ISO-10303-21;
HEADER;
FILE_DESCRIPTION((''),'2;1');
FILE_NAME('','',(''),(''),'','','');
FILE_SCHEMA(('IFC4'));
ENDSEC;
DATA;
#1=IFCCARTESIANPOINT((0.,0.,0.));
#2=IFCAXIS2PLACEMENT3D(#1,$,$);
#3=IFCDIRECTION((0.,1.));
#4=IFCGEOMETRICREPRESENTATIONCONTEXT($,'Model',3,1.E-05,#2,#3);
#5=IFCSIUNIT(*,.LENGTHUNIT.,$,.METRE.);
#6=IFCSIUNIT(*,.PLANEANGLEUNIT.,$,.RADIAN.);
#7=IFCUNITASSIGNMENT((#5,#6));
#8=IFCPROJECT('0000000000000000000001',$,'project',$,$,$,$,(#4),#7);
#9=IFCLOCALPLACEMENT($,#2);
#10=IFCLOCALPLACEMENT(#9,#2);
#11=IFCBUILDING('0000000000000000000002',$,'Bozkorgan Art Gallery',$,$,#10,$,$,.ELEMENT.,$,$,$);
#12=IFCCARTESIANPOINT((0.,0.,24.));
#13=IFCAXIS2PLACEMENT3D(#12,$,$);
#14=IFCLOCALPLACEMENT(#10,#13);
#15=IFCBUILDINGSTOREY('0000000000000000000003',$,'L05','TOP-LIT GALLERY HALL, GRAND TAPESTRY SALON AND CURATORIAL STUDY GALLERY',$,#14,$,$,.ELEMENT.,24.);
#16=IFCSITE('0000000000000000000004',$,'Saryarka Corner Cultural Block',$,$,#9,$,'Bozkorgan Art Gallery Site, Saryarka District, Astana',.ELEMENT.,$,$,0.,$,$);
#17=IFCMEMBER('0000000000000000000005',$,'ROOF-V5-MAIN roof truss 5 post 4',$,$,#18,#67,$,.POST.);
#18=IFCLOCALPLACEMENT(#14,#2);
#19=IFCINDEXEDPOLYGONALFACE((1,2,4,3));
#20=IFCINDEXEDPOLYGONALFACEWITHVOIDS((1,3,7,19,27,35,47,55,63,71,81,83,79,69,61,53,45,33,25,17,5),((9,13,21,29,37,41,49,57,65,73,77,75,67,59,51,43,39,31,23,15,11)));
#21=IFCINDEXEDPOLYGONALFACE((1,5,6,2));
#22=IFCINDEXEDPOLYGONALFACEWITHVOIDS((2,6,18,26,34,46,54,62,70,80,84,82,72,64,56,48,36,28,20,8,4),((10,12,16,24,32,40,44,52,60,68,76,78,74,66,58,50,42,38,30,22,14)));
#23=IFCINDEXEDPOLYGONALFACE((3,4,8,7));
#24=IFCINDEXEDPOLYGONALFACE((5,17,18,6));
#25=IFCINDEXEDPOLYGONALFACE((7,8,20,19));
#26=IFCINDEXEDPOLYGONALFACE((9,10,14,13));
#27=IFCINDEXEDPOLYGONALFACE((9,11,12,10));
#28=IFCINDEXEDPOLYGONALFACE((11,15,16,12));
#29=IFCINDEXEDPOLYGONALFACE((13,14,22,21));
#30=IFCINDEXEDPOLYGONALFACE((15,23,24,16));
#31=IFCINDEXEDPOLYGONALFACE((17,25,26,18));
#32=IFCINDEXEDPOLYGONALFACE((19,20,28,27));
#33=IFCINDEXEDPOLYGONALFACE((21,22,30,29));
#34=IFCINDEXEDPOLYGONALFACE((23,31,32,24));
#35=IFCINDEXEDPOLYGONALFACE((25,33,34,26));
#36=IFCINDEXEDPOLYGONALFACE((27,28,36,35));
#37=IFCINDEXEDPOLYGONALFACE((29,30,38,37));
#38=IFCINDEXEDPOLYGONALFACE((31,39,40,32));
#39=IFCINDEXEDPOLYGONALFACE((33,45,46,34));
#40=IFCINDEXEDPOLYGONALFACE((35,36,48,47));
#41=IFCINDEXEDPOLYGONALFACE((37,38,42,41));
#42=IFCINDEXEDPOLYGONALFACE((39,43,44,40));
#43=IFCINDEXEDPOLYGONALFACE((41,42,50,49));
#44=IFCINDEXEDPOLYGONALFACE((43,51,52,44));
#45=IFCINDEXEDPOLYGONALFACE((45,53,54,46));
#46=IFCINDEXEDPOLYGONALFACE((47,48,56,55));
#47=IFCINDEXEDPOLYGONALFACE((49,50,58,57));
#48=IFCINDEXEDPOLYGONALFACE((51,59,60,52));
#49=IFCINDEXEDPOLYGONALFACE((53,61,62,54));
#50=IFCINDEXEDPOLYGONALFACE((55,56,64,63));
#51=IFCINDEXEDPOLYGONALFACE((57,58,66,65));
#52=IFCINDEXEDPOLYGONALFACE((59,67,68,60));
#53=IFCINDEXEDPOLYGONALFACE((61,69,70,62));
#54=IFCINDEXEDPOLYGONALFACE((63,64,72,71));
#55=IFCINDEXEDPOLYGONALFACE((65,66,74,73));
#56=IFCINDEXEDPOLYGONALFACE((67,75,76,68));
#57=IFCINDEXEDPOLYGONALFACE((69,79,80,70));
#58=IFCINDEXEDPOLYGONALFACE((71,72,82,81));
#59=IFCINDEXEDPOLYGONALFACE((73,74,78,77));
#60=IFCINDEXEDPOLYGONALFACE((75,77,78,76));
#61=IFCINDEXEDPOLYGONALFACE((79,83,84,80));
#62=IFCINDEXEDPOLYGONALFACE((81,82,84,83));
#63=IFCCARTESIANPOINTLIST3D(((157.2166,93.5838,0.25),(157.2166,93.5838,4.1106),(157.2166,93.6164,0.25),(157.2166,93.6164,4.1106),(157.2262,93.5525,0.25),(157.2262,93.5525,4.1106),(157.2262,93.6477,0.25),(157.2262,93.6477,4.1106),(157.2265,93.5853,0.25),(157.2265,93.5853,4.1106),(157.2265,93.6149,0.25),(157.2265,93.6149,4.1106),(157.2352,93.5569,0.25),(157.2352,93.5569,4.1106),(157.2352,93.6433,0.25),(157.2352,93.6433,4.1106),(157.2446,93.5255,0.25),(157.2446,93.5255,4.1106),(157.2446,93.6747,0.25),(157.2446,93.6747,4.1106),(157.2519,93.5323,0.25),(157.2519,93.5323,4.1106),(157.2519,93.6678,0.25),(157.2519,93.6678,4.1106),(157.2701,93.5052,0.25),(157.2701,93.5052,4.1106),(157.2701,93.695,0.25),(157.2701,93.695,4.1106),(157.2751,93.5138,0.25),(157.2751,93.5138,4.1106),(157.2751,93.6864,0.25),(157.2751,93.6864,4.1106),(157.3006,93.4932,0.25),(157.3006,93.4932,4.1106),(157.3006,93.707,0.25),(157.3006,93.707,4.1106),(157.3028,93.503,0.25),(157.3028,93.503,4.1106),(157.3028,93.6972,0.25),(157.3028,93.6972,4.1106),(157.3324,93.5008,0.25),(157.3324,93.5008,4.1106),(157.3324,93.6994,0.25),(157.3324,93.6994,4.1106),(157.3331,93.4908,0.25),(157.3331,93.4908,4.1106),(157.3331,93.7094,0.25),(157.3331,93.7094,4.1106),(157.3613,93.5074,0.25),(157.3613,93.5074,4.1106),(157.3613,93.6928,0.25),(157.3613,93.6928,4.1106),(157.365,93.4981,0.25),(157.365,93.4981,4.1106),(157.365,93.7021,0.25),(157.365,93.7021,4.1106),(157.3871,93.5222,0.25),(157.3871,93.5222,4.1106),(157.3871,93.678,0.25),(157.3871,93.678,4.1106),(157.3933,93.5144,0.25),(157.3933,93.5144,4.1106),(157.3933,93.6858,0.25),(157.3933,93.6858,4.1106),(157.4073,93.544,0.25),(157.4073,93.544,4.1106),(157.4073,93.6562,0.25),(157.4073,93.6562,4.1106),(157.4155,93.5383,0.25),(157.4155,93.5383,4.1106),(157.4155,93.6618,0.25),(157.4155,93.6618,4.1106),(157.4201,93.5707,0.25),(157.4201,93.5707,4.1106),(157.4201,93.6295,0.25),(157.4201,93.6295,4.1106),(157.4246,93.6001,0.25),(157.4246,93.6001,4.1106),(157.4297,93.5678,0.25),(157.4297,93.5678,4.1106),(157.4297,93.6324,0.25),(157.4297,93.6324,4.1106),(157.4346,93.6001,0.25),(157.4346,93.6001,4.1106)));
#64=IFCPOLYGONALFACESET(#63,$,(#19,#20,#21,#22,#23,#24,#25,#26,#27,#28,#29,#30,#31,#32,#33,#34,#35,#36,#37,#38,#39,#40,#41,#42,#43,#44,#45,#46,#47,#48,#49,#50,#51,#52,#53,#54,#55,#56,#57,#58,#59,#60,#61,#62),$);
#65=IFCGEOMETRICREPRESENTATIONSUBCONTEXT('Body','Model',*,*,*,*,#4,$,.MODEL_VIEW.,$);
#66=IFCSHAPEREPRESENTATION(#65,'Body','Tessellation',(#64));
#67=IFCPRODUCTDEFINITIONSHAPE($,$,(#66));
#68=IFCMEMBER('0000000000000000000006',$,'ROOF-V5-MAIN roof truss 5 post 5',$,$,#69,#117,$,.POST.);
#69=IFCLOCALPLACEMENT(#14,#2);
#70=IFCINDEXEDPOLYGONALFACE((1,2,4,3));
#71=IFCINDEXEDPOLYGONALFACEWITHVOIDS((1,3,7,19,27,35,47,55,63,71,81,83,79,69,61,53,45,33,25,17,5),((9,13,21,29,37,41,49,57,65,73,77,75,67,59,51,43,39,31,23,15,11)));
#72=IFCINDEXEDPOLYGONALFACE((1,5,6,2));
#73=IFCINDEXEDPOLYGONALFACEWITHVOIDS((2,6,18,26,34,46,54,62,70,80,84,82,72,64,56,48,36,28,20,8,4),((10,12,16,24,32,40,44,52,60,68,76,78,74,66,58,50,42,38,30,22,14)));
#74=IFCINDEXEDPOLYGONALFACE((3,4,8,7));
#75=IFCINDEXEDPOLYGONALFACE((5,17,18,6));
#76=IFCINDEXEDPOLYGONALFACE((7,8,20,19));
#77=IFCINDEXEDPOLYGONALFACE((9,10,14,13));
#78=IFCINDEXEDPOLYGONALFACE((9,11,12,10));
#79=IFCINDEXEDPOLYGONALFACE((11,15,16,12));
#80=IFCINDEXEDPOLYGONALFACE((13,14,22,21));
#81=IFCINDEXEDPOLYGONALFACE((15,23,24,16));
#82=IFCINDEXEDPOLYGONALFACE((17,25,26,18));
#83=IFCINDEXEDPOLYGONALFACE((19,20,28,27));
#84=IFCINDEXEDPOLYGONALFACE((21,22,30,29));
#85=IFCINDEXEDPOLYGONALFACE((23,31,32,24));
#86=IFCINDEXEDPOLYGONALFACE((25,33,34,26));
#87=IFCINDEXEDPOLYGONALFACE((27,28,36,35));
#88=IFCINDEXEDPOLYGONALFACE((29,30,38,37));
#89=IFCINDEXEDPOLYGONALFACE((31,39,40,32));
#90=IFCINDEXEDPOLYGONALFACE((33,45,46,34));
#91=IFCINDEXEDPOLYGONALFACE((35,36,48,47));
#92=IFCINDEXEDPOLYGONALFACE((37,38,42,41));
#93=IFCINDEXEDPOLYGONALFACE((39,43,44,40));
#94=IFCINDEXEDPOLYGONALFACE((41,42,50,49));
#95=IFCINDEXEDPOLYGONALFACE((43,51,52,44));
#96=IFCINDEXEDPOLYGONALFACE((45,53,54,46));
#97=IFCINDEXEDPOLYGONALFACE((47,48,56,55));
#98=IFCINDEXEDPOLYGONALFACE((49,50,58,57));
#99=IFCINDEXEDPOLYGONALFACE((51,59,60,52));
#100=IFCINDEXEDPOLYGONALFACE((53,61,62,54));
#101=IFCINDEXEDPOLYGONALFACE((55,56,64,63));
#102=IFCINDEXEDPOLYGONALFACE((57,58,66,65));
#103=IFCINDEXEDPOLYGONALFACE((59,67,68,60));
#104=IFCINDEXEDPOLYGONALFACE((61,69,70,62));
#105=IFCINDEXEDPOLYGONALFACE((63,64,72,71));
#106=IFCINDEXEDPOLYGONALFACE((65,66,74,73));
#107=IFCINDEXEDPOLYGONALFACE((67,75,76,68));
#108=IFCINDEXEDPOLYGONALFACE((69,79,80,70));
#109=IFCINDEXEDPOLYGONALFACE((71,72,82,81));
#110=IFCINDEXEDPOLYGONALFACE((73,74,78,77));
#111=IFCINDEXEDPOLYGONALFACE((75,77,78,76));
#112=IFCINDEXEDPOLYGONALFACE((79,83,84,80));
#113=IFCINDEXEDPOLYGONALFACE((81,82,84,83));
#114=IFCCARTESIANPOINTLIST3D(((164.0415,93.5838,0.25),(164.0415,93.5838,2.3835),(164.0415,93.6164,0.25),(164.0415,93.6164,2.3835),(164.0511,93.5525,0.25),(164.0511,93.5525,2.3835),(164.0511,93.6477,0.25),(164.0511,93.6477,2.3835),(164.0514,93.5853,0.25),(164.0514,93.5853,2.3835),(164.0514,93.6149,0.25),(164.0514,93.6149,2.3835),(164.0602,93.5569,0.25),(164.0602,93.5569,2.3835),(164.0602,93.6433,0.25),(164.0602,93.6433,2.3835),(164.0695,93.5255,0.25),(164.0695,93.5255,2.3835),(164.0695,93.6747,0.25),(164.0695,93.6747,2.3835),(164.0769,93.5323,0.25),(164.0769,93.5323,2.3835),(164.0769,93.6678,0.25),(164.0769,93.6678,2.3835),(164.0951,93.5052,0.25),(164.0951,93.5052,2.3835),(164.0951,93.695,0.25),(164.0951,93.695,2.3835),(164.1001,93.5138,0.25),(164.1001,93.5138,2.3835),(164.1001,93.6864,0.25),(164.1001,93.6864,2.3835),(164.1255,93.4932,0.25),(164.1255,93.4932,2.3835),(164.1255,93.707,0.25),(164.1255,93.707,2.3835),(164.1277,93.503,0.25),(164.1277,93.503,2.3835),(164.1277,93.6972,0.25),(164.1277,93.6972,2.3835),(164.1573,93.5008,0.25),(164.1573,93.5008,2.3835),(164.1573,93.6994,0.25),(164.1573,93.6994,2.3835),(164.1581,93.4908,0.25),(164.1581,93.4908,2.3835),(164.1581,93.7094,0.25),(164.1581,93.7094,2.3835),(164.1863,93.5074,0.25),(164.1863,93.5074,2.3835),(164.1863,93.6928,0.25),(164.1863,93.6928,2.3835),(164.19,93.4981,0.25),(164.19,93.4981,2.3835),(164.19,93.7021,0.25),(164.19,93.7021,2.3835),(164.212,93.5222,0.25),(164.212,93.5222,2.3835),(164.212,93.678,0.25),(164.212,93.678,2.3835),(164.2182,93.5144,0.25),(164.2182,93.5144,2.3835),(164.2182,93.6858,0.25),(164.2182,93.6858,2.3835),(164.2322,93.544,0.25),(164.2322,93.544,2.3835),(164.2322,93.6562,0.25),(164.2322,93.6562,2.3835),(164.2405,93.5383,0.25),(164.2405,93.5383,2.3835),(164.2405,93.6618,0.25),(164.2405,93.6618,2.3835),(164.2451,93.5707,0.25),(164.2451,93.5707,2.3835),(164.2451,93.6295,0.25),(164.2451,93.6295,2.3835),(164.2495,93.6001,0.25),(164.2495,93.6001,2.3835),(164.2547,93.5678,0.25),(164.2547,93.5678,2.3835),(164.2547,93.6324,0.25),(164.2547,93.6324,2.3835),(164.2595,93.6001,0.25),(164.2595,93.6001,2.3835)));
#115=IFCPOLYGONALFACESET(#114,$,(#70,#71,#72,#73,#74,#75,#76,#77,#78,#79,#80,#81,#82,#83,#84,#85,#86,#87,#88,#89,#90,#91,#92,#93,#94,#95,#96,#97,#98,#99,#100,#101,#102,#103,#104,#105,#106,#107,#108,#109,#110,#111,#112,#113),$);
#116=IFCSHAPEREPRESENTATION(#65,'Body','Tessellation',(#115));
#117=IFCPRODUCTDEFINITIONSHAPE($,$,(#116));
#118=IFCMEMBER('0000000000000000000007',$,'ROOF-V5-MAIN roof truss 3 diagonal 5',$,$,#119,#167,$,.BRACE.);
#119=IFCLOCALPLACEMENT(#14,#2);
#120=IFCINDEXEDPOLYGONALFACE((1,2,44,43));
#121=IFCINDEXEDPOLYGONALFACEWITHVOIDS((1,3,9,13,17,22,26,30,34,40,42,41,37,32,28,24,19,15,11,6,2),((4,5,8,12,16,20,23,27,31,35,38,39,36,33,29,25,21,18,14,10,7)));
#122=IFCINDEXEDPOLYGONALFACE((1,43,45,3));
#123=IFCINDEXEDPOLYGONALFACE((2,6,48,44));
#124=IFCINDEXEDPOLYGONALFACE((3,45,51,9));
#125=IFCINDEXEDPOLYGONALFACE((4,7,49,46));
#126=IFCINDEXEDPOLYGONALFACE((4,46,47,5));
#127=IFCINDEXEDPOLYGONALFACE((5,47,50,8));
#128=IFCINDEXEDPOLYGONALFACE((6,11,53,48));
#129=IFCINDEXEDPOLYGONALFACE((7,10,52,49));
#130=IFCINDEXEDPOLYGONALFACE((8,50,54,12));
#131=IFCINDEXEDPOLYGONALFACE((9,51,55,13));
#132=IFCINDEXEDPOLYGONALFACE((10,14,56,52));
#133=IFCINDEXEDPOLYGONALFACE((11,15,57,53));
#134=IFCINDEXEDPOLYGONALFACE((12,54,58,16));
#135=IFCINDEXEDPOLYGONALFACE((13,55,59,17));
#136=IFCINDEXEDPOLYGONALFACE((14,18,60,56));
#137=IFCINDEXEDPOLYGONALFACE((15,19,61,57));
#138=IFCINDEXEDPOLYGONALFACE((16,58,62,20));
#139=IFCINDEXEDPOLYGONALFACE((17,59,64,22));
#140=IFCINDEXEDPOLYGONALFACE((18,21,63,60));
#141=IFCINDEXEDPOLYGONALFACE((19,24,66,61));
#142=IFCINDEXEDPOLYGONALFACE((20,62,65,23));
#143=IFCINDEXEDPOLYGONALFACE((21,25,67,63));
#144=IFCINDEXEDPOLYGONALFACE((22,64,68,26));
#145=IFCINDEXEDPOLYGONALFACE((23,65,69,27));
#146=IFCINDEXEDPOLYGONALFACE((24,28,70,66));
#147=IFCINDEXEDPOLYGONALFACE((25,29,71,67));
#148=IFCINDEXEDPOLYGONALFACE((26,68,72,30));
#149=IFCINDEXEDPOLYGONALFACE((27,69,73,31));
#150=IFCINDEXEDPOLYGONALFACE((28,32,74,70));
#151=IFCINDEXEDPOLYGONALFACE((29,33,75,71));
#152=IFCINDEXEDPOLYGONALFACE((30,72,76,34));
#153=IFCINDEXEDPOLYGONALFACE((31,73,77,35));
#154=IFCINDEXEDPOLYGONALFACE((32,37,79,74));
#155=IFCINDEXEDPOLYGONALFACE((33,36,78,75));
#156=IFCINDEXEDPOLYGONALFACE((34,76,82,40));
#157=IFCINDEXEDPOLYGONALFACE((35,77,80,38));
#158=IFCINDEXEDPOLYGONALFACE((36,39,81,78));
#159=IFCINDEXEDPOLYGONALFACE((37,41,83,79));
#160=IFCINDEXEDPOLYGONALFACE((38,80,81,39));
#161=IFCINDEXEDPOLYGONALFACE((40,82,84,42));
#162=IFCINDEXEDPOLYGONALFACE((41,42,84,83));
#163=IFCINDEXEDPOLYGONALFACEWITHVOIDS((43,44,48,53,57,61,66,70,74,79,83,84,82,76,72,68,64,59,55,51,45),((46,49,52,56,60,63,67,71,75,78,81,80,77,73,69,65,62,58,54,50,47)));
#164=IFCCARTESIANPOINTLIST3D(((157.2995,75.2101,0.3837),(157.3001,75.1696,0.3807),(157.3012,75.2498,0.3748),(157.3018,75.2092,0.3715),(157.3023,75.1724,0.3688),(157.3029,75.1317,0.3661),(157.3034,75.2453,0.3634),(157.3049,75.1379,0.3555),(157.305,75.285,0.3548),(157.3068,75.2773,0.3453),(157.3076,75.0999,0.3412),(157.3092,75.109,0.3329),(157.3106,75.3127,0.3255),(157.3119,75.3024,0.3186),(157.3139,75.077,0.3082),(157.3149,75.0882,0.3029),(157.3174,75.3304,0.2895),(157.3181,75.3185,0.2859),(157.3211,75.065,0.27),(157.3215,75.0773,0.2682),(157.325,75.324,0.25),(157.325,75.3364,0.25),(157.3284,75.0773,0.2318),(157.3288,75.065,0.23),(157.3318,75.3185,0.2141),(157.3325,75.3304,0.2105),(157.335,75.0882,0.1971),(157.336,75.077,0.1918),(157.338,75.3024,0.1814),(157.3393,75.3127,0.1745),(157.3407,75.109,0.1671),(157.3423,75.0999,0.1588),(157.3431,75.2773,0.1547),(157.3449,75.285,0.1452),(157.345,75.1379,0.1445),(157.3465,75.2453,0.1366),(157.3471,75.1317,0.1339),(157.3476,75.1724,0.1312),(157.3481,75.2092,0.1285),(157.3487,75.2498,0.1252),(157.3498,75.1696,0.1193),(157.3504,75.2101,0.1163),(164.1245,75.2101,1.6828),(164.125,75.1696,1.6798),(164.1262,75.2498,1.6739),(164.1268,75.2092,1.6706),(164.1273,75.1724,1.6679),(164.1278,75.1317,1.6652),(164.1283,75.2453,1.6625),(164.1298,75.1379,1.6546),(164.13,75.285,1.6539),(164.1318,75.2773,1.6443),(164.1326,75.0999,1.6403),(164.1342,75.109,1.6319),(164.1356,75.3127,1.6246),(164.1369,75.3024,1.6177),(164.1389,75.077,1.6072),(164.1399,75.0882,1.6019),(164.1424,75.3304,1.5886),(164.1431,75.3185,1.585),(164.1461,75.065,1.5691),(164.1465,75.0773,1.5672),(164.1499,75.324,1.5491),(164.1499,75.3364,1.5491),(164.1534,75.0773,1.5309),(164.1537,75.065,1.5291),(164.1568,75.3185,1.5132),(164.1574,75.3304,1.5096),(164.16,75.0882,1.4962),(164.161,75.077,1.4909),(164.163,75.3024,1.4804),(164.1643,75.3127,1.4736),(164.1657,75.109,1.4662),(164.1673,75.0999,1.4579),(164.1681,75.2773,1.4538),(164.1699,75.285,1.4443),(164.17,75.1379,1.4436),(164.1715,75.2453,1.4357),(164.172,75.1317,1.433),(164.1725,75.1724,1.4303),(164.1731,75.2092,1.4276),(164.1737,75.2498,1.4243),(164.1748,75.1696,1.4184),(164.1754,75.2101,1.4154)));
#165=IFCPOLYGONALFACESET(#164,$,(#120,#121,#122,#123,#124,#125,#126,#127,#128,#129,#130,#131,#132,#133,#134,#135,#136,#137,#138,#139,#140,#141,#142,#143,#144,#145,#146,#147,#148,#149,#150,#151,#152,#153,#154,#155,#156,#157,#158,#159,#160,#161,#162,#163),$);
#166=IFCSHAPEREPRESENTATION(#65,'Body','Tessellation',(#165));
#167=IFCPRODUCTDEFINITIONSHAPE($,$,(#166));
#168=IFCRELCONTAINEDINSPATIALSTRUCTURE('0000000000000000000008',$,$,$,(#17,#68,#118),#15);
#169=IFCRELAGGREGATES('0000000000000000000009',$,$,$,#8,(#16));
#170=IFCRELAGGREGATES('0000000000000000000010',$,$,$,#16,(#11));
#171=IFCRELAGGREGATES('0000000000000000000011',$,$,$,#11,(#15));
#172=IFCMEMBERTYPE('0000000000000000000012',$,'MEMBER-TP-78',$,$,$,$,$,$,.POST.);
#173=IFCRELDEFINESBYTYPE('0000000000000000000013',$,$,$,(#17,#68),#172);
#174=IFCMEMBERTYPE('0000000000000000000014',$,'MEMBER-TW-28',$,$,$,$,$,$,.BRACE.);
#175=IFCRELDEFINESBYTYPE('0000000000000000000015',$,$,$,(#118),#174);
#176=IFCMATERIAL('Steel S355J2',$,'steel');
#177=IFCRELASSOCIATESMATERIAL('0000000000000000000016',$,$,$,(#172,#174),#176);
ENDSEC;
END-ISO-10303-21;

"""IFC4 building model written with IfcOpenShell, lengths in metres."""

from ifc_helpers import new_model, si_unit, direction, frame, origin, origin_2d, place, context, subcontext, project, spatial, hollow_circle, extrude, material, material_profile, profile_set, type_object, element, save


model = new_model("IFC4")

# Units and contexts
model_context = context("Model", 3, precision=1e-05, world=origin(), true_north=direction((0.0, 1.0)))
body_context = subcontext(model_context, "Body", "Model", "MODEL_VIEW")
ifc_project = project(units=[si_unit("LENGTHUNIT", "METRE"), si_unit("PLANEANGLEUNIT", "RADIAN")], contexts=[model_context])

# Site, building, storey
site_placement = place(None, origin())
site = spatial("IfcSite", under=ifc_project, at=site_placement, Name="Saryarka Corner Cultural Block", LongName="Bozkorgan Art Gallery Site, Saryarka District, Astana", CompositionType="ELEMENT", RefElevation=0.0)
building_placement = place(site_placement, origin())
building = spatial("IfcBuilding", under=site, at=building_placement, Name="Bozkorgan Art Gallery", CompositionType="ELEMENT")
storey_placement = place(building_placement, frame((0.0, 0.0, 24.0)))
storey = spatial("IfcBuildingStorey", under=building, at=storey_placement, Name="L05", Description="TOP-LIT GALLERY HALL, GRAND TAPESTRY SALON AND CURATORIAL STUDY GALLERY", CompositionType="ELEMENT", Elevation=24.0)

# Members
ifc_material = material(Name="Steel S355J2", Category="steel")
ifc_material_profile_1 = material_profile(ifc_material, hollow_circle(Radius=0.1096, WallThickness=0.01, at=origin_2d()), Name="CHS 219.1x10")
ifc_profile_set_1 = profile_set([ifc_material_profile_1], Name="Steel S355J2")
member_type_1 = type_object("IfcMemberType", Name="MEMBER-TP-78", PredefinedType="POST", material=ifc_profile_set_1)
member_1_placement = place(storey_placement, frame((157.325, 93.6001, 0.25), z_axis=(0.0, 0.0, 1.0), x_axis=(1.0, 0.0, 0.0)))
element("IfcMember", 1, at=member_1_placement, inside=storey, type_object=member_type_1, Name="ROOF-V5-MAIN roof truss 5 post 4", PredefinedType="POST", context=body_context, shape_type="SweptSolid", body=[
    extrude(hollow_circle(Radius=0.1096, WallThickness=0.01, at=origin_2d()), origin(), (0.0, 0.0, 1.0), 3.8606),
])
member_2_placement = place(storey_placement, frame((164.1499, 93.6001, 0.25), z_axis=(0.0, 0.0, 1.0), x_axis=(1.0, 0.0, 0.0)))
element("IfcMember", 2, at=member_2_placement, inside=storey, type_object=member_type_1, Name="ROOF-V5-MAIN roof truss 5 post 5", PredefinedType="POST", context=body_context, shape_type="SweptSolid", body=[
    extrude(hollow_circle(Radius=0.1096, WallThickness=0.01, at=origin_2d()), origin(), (0.0, 0.0, 1.0), 2.1335),
])
ifc_material_profile_2 = material_profile(ifc_material, hollow_circle(Radius=0.1365, WallThickness=0.0125, at=origin_2d()), Name="CHS 273x12.5")
ifc_profile_set_2 = profile_set([ifc_material_profile_2], Name="Steel S355J2")
member_type_2 = type_object("IfcMemberType", Name="MEMBER-TW-28", PredefinedType="BRACE", material=ifc_profile_set_2)
for number, where, z_axis, x_axis, name in (
    (3, (157.325, 75.2, 0.25), (0.982363, 0.0, 0.186985), (0.0, 1.0, 0.0), "ROOF-V5-MAIN roof truss 3 diagonal 5"),
):
    element("IfcMember", number, at=place(storey_placement, frame(where, z_axis=z_axis, x_axis=x_axis)), inside=storey, type_object=member_type_2, Name=name, PredefinedType="BRACE", context=body_context, shape_type="SweptSolid", body=[
        extrude(hollow_circle(Radius=0.1365, WallThickness=0.0125, at=origin_2d()), origin(), (0.0, 0.0, 1.0), 6.9475),
    ])

save(model, "model.ifc")
